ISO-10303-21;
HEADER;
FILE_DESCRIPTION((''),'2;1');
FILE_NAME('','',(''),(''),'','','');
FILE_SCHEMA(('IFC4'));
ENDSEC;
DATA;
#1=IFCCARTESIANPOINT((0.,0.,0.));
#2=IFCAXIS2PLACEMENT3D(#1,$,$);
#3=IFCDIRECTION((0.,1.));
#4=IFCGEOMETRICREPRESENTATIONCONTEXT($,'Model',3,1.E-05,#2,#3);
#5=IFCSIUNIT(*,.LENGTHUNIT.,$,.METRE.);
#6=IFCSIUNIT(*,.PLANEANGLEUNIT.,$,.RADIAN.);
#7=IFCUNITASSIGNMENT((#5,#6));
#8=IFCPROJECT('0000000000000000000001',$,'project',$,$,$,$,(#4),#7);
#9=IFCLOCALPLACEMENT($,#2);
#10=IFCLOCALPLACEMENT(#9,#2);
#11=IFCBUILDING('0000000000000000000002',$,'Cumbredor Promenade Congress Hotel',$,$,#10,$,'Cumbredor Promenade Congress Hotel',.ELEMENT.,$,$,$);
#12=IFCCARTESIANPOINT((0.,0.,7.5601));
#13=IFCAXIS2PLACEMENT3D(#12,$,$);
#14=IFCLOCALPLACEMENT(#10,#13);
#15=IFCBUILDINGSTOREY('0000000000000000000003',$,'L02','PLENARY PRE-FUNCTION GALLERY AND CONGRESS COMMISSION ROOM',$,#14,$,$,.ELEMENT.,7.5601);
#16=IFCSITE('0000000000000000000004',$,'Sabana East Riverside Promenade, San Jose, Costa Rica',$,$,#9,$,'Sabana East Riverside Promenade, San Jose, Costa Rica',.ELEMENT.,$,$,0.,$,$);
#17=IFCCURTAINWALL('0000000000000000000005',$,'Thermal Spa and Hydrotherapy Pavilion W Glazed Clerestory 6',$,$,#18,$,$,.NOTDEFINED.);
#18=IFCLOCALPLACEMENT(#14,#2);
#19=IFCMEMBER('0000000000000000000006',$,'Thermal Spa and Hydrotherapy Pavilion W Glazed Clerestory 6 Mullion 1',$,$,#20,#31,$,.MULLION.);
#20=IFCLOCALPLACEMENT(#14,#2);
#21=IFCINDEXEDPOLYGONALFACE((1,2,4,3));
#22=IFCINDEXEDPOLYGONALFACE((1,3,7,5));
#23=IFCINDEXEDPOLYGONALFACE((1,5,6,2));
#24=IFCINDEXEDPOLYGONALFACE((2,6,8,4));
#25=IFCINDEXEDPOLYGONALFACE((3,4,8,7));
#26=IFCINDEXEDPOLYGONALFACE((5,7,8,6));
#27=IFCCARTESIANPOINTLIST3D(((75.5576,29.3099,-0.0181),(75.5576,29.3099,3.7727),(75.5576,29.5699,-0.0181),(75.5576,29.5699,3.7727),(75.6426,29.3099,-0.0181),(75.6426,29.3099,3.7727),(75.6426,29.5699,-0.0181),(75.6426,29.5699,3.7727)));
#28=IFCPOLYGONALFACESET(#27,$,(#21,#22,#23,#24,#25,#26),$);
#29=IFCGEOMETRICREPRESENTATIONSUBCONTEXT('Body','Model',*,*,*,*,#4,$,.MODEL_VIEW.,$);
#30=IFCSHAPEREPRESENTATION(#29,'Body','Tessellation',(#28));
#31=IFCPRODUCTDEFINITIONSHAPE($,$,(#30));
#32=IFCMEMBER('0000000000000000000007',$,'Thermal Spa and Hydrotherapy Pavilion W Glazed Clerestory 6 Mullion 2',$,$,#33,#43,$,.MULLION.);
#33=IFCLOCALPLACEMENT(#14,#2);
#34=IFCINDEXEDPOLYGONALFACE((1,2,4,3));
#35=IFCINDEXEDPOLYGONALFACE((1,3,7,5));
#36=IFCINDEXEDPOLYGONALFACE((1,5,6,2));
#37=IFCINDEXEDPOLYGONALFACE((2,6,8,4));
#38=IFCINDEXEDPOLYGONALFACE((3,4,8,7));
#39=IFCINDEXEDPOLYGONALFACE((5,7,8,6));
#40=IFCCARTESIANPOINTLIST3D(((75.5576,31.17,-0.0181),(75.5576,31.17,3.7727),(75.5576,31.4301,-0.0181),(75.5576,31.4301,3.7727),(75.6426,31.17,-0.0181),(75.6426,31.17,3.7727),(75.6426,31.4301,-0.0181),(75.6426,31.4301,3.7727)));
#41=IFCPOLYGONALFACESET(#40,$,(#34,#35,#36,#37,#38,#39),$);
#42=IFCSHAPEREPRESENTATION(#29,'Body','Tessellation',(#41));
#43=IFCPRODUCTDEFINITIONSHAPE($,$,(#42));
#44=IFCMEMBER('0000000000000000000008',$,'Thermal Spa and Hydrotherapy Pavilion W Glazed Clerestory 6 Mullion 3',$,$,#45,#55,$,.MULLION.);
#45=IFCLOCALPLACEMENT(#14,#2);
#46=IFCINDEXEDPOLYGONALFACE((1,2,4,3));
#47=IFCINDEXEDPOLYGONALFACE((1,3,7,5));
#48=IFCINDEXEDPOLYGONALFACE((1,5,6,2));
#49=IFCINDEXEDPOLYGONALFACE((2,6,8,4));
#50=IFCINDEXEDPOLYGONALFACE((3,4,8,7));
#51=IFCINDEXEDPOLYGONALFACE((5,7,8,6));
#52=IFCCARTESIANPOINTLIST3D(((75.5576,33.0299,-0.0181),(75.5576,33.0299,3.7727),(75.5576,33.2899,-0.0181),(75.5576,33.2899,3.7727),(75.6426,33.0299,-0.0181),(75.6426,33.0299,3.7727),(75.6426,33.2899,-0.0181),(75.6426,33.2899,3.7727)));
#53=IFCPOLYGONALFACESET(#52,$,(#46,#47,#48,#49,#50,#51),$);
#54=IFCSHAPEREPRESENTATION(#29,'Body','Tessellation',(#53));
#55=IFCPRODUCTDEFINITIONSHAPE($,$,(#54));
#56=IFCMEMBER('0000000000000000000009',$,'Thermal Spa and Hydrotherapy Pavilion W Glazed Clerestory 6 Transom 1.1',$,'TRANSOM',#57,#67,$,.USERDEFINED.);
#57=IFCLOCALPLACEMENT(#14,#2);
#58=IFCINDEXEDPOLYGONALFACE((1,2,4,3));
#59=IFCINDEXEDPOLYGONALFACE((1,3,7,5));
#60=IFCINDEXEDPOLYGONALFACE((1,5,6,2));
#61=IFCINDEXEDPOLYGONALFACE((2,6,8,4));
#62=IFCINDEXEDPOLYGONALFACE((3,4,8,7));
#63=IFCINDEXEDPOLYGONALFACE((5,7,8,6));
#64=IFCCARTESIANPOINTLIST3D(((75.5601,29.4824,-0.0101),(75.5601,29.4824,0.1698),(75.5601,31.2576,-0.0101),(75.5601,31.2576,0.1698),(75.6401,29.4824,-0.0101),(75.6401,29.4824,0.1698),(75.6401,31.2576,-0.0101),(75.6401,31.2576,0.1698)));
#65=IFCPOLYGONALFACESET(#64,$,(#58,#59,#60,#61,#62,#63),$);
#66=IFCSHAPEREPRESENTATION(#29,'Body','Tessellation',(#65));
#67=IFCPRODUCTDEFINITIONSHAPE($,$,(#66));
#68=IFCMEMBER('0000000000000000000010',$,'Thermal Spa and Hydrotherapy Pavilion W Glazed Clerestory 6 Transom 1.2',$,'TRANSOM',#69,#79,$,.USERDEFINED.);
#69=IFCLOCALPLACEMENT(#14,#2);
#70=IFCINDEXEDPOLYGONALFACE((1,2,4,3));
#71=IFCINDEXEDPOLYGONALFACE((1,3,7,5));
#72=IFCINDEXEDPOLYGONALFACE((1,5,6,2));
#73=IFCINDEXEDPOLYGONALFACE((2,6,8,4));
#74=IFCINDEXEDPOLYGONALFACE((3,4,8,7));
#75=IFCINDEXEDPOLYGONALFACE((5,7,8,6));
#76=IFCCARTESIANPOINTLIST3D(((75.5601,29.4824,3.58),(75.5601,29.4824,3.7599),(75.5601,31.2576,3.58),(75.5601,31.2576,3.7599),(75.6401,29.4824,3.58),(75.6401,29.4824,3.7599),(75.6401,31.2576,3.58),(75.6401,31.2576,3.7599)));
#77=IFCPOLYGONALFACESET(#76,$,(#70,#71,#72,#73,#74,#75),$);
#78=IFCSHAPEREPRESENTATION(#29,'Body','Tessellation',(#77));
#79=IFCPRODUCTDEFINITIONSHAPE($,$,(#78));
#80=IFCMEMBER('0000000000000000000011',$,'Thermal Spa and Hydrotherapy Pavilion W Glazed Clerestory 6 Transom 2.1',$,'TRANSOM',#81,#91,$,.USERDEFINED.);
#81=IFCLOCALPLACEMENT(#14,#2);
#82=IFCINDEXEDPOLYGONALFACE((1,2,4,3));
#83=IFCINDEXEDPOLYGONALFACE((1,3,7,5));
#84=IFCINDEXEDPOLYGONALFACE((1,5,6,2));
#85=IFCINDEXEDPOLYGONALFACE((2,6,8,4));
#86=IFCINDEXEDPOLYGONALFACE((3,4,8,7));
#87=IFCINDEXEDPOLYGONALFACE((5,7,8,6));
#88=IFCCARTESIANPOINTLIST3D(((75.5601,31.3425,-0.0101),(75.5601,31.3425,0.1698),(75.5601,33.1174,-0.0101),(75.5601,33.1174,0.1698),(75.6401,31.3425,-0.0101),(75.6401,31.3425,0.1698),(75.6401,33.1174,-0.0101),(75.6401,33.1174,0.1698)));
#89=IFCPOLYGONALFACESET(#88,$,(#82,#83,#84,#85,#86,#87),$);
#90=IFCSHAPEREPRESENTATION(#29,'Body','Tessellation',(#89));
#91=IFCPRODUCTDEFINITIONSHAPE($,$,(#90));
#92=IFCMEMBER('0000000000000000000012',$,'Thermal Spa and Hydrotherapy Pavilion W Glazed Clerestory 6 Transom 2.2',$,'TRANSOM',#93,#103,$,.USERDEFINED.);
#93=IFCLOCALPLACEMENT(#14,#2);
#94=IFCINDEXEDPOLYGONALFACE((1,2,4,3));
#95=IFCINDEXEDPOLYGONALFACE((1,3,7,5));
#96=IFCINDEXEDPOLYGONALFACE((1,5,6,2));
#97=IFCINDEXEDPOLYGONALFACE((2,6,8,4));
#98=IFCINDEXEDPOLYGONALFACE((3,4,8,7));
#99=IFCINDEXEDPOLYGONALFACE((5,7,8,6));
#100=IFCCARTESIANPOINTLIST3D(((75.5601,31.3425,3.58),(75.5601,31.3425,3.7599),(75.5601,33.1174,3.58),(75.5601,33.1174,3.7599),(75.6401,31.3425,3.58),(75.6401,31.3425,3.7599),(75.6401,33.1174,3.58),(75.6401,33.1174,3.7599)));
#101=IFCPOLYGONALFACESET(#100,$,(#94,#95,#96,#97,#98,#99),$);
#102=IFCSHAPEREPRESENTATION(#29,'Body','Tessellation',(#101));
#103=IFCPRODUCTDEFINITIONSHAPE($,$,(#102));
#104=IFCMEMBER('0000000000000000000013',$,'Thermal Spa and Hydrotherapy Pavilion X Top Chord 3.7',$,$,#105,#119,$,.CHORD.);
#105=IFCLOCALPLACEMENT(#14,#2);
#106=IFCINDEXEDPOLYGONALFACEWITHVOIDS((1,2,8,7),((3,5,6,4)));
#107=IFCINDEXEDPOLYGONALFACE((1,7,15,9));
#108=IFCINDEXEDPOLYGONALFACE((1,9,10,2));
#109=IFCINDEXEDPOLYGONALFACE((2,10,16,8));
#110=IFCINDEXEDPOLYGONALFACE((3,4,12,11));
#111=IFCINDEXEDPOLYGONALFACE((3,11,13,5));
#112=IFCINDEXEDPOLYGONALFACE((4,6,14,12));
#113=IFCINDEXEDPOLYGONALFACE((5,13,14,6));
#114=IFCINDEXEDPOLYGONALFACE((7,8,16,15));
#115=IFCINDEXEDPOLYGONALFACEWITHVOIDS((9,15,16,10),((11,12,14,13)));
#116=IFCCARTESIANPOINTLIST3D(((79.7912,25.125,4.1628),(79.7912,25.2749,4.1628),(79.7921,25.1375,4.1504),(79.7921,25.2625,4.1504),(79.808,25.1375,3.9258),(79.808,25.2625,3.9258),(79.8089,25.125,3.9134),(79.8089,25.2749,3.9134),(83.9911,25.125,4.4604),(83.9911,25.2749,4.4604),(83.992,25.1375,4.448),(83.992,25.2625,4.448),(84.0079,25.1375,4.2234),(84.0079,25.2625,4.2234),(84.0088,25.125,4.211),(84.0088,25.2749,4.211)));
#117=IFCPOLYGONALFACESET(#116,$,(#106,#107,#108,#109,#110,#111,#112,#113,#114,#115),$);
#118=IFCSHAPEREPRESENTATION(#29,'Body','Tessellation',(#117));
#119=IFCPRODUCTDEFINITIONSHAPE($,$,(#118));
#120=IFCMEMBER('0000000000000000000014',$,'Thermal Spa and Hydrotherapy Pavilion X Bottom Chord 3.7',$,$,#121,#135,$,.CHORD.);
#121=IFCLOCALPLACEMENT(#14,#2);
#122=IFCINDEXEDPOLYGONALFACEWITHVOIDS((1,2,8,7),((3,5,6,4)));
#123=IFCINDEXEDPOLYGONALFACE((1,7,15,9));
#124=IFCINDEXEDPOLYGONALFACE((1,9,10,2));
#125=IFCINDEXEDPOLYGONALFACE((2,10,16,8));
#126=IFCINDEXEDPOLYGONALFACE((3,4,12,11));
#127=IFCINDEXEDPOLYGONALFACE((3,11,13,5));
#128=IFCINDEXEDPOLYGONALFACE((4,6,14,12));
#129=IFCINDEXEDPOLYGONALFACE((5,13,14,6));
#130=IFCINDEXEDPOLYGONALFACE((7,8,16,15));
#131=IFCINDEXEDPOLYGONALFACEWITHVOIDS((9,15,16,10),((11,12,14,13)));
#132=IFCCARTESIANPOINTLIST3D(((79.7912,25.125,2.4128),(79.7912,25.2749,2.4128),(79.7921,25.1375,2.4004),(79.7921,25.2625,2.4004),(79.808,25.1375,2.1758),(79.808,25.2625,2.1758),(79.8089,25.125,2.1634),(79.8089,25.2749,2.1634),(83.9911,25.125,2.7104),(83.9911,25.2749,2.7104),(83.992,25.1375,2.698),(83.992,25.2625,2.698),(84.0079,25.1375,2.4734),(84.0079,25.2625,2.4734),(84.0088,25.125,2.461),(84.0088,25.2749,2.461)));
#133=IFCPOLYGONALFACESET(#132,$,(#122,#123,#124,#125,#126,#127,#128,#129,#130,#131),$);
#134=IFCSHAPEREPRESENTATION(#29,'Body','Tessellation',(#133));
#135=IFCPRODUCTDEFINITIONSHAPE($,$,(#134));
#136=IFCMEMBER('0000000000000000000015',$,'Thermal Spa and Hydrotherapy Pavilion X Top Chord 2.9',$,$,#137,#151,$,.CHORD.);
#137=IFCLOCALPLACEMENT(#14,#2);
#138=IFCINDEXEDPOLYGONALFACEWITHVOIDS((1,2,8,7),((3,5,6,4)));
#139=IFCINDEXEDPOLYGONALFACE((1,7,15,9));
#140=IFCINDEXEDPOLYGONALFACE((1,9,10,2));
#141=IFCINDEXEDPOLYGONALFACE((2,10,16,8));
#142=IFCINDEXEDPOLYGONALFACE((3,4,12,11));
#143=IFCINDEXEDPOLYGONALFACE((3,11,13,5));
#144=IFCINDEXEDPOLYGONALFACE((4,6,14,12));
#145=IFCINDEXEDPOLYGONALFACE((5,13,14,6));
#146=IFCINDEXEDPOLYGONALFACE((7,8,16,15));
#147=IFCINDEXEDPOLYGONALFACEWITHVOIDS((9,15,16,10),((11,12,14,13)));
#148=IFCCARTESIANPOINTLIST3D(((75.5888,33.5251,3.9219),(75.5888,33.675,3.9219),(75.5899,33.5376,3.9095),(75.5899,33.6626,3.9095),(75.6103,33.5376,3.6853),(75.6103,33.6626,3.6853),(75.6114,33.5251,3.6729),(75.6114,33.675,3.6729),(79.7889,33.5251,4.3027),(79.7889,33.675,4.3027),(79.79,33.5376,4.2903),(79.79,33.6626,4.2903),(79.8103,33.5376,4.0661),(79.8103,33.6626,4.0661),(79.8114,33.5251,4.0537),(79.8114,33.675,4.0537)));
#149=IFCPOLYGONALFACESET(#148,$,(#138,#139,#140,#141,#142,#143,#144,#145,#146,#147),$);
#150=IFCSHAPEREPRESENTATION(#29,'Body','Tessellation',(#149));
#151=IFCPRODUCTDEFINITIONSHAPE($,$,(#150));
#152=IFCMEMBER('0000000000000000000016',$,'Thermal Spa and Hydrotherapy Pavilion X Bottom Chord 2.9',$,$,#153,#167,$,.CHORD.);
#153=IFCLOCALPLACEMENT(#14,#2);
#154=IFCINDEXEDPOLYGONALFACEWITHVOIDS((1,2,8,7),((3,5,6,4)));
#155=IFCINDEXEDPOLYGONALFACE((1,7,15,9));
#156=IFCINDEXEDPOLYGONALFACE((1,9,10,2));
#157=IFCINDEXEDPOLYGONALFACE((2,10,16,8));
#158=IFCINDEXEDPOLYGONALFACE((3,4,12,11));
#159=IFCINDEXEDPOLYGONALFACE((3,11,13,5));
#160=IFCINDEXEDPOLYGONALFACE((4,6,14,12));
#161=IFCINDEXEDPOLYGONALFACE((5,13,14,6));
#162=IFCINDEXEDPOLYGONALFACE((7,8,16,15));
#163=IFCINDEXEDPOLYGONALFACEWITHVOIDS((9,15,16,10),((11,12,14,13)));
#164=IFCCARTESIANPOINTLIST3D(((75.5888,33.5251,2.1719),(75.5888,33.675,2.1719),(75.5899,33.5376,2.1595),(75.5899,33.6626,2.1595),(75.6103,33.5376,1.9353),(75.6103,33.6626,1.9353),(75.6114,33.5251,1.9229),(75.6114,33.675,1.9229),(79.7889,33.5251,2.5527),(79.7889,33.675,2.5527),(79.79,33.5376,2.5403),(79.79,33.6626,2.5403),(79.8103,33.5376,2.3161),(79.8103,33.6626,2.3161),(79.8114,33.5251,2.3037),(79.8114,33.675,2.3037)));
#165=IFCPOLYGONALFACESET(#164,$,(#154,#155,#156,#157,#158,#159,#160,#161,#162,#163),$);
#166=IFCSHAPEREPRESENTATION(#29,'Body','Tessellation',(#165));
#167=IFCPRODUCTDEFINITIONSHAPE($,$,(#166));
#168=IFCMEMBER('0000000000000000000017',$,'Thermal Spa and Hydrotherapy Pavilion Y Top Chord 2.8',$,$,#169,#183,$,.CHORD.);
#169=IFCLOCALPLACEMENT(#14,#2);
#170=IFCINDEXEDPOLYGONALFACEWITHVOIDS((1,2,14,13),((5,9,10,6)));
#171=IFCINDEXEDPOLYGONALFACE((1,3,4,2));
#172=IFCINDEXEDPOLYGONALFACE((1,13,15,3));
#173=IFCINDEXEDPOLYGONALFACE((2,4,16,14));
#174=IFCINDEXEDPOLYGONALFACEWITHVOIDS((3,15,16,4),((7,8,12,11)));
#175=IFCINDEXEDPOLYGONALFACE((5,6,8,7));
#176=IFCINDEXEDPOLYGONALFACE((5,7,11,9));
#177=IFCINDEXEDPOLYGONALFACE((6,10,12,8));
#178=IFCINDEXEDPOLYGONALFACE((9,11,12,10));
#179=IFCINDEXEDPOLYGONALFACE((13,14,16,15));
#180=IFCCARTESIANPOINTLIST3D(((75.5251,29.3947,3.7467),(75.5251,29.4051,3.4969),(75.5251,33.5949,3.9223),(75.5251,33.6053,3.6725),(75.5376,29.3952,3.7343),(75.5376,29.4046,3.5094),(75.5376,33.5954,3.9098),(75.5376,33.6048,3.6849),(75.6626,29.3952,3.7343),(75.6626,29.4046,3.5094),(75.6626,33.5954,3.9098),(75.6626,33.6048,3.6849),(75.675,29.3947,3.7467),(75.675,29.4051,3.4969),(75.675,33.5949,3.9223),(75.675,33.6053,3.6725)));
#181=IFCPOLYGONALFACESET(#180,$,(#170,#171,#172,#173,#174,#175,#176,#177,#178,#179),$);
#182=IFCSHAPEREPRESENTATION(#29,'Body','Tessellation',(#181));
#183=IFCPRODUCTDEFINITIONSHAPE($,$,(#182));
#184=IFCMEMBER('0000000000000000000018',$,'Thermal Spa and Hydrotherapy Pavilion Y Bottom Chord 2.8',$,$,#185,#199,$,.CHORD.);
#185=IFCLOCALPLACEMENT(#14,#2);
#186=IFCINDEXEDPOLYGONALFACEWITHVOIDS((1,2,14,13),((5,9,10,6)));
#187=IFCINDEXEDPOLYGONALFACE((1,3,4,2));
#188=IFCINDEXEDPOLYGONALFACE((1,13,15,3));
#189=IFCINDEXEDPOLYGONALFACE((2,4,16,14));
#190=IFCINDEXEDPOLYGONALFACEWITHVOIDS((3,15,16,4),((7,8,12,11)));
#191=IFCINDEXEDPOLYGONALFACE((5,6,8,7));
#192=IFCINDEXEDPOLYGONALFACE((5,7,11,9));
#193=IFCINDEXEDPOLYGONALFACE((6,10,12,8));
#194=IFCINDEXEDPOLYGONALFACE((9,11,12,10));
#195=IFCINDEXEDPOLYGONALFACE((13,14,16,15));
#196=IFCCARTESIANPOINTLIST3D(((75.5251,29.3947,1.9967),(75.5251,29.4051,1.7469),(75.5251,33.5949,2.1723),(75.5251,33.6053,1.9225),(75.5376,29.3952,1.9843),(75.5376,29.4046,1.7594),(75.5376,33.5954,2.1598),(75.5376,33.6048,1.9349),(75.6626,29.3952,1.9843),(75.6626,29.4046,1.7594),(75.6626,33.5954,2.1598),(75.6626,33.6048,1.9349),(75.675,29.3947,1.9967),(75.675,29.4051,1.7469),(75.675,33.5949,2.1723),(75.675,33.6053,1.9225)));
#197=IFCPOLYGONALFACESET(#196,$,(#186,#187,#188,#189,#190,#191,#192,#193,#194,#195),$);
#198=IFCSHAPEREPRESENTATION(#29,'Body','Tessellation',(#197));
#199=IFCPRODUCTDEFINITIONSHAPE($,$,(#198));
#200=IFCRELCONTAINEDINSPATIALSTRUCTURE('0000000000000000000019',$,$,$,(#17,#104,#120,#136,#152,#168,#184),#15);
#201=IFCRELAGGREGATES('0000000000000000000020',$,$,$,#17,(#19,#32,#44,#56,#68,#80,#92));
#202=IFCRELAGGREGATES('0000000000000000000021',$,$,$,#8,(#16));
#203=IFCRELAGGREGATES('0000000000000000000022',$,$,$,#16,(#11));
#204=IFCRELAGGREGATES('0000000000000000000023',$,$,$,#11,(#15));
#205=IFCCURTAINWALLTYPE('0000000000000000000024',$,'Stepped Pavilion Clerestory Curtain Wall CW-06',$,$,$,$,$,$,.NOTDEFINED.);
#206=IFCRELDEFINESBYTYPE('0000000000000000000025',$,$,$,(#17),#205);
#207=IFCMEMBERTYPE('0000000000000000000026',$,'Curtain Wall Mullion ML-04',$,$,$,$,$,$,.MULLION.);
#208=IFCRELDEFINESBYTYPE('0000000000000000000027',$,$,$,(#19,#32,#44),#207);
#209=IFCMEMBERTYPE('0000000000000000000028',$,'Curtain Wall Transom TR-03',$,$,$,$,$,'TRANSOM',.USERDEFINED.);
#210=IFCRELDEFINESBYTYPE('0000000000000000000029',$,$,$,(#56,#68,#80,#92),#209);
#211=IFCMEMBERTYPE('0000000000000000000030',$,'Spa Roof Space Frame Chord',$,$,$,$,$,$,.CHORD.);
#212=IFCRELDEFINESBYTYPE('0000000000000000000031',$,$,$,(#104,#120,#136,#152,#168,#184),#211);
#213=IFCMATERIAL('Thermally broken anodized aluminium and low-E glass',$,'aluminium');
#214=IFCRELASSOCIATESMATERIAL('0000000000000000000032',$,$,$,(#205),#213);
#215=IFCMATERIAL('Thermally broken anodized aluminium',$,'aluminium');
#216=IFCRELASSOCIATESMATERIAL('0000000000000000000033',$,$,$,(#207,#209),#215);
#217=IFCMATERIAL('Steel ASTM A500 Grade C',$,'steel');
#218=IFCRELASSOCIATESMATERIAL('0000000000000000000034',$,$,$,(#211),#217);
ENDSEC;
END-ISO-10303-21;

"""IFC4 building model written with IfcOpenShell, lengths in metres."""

from ifc_helpers import new_model, si_unit, direction, frame, origin, origin_2d, place, context, subcontext, project, spatial, rectangle, hollow_rectangle, extrude, material, material_profile, profile_set, type_object, element, aggregate, save


model = new_model("IFC4")

# Units and contexts
model_context = context("Model", 3, precision=1e-05, world=origin(), true_north=direction((0.0, 1.0)))
body_context = subcontext(model_context, "Body", "Model", "MODEL_VIEW")
ifc_project = project(units=[si_unit("LENGTHUNIT", "METRE"), si_unit("PLANEANGLEUNIT", "RADIAN")], contexts=[model_context])

# Site, building, storey
site_placement = place(None, origin())
site = spatial("IfcSite", under=ifc_project, at=site_placement, Name="Sabana East Riverside Promenade, San Jose, Costa Rica", LongName="Sabana East Riverside Promenade, San Jose, Costa Rica", CompositionType="ELEMENT", RefElevation=0.0)
building_placement = place(site_placement, origin())
building = spatial("IfcBuilding", under=site, at=building_placement, Name="Cumbredor Promenade Congress Hotel", LongName="Cumbredor Promenade Congress Hotel", CompositionType="ELEMENT")
storey_placement = place(building_placement, frame((0.0, 0.0, 7.5601)))
storey = spatial("IfcBuildingStorey", under=building, at=storey_placement, Name="L02", Description="PLENARY PRE-FUNCTION GALLERY AND CONGRESS COMMISSION ROOM", CompositionType="ELEMENT", Elevation=7.5601)

# Curtain wall, members
ifc_material_1 = material(Name="Thermally broken anodized aluminium and low-E glass", Category="aluminium")
curtain_wall_type = type_object("IfcCurtainWallType", Name="Stepped Pavilion Clerestory Curtain Wall CW-06", PredefinedType="NOTDEFINED", material=ifc_material_1)
curtain_wall_placement = place(storey_placement, origin())
curtain_wall = element("IfcCurtainWall", 1, at=curtain_wall_placement, inside=storey, type_object=curtain_wall_type, Name="Thermal Spa and Hydrotherapy Pavilion W Glazed Clerestory 6", PredefinedType="NOTDEFINED")
ifc_material_2 = material(Name="Thermally broken anodized aluminium", Category="aluminium")
ifc_material_profile_1 = material_profile(ifc_material_2, rectangle(XDim=0.085, YDim=0.26, at=origin_2d()), Name="ALU MULLION CLERESTORY 85x260")
ifc_profile_set_1 = profile_set([ifc_material_profile_1], Name="Thermally broken anodized aluminium")
member_type_1 = type_object("IfcMemberType", Name="Curtain Wall Mullion ML-04", PredefinedType="MULLION", material=ifc_profile_set_1)
member_1_placement = place(storey_placement, frame((75.6001, 29.4399, -0.0181), z_axis=(0.0, 0.0, 1.0), x_axis=(1.0, 0.0, 0.0)))
member_1 = element("IfcMember", 2, at=member_1_placement, type_object=member_type_1, Name="Thermal Spa and Hydrotherapy Pavilion W Glazed Clerestory 6 Mullion 1", PredefinedType="MULLION", context=body_context, shape_type="SweptSolid", body=[
    extrude(rectangle(XDim=0.085, YDim=0.26, at=origin_2d()), origin(), (0.0, 0.0, 1.0), 3.7908),
])
member_2_placement = place(storey_placement, frame((75.6001, 31.3, -0.0181), z_axis=(0.0, 0.0, 1.0), x_axis=(1.0, 0.0, 0.0)))
member_2 = element("IfcMember", 3, at=member_2_placement, type_object=member_type_1, Name="Thermal Spa and Hydrotherapy Pavilion W Glazed Clerestory 6 Mullion 2", PredefinedType="MULLION", context=body_context, shape_type="SweptSolid", body=[
    extrude(rectangle(XDim=0.085, YDim=0.26, at=origin_2d()), origin(), (0.0, 0.0, 1.0), 3.7908),
])
member_3_placement = place(storey_placement, frame((75.6001, 33.1599, -0.0181), z_axis=(0.0, 0.0, 1.0), x_axis=(1.0, 0.0, 0.0)))
member_3 = element("IfcMember", 4, at=member_3_placement, type_object=member_type_1, Name="Thermal Spa and Hydrotherapy Pavilion W Glazed Clerestory 6 Mullion 3", PredefinedType="MULLION", context=body_context, shape_type="SweptSolid", body=[
    extrude(rectangle(XDim=0.085, YDim=0.26, at=origin_2d()), origin(), (0.0, 0.0, 1.0), 3.7908),
])
ifc_material_profile_2 = material_profile(ifc_material_2, rectangle(XDim=0.0801, YDim=0.1799, at=origin_2d()), Name="ALU TRANSOM 80x180")
ifc_profile_set_2 = profile_set([ifc_material_profile_2], Name="Thermally broken anodized aluminium")
member_type_2 = type_object("IfcMemberType", Name="Curtain Wall Transom TR-03", ElementType="TRANSOM", PredefinedType="USERDEFINED", material=ifc_profile_set_2)
member_4_placement = place(storey_placement, frame((75.6001, 29.4824, 0.0798), z_axis=(0.0, 1.0, 0.0), x_axis=(-1.0, 0.0, 0.0)))
member_4 = element("IfcMember", 5, at=member_4_placement, type_object=member_type_2, Name="Thermal Spa and Hydrotherapy Pavilion W Glazed Clerestory 6 Transom 1.1", ObjectType="TRANSOM", PredefinedType="USERDEFINED", context=body_context, shape_type="SweptSolid", body=[
    extrude(rectangle(XDim=0.0801, YDim=0.1799, at=origin_2d()), origin(), (0.0, 0.0, 1.0), 1.7751),
])
member_5_placement = place(storey_placement, frame((75.6001, 29.4824, 3.6699), z_axis=(0.0, 1.0, 0.0), x_axis=(-1.0, 0.0, 0.0)))
member_5 = element("IfcMember", 6, at=member_5_placement, type_object=member_type_2, Name="Thermal Spa and Hydrotherapy Pavilion W Glazed Clerestory 6 Transom 1.2", ObjectType="TRANSOM", PredefinedType="USERDEFINED", context=body_context, shape_type="SweptSolid", body=[
    extrude(rectangle(XDim=0.0801, YDim=0.1799, at=origin_2d()), origin(), (0.0, 0.0, 1.0), 1.7751),
])
member_6_placement = place(storey_placement, frame((75.6001, 31.3425, 0.0798), z_axis=(0.0, 1.0, 0.0), x_axis=(-1.0, 0.0, 0.0)))
member_6 = element("IfcMember", 7, at=member_6_placement, type_object=member_type_2, Name="Thermal Spa and Hydrotherapy Pavilion W Glazed Clerestory 6 Transom 2.1", ObjectType="TRANSOM", PredefinedType="USERDEFINED", context=body_context, shape_type="SweptSolid", body=[
    extrude(rectangle(XDim=0.0801, YDim=0.1799, at=origin_2d()), origin(), (0.0, 0.0, 1.0), 1.7749),
])
member_7_placement = place(storey_placement, frame((75.6001, 31.3425, 3.6699), z_axis=(0.0, 1.0, 0.0), x_axis=(-1.0, 0.0, 0.0)))
member_7 = element("IfcMember", 8, at=member_7_placement, type_object=member_type_2, Name="Thermal Spa and Hydrotherapy Pavilion W Glazed Clerestory 6 Transom 2.2", ObjectType="TRANSOM", PredefinedType="USERDEFINED", context=body_context, shape_type="SweptSolid", body=[
    extrude(rectangle(XDim=0.0801, YDim=0.1799, at=origin_2d()), origin(), (0.0, 0.0, 1.0), 1.7749),
])

# Members
ifc_material_3 = material(Name="Steel ASTM A500 Grade C", Category="steel")
ifc_material_profile_3 = material_profile(ifc_material_3, hollow_rectangle(XDim=0.1499, YDim=0.25, WallThickness=0.0125, at=origin_2d()), Name="HSS 250x150x12.5")
ifc_profile_set_3 = profile_set([ifc_material_profile_3], Name="Steel ASTM A500 Grade C")
member_type_3 = type_object("IfcMemberType", Name="Spa Roof Space Frame Chord", PredefinedType="CHORD", material=ifc_profile_set_3)
for number, where, z_axis, x_axis, name in (
    (9, (79.8, 25.2, 4.0381), (0.997499, 0.0, 0.070683), (0.0, 1.0, 0.0), "Thermal Spa and Hydrotherapy Pavilion X Top Chord 3.7"),
    (10, (79.8, 25.2, 2.2881), (0.997499, 0.0, 0.070683), (0.0, 1.0, 0.0), "Thermal Spa and Hydrotherapy Pavilion X Bottom Chord 3.7"),
):
    element("IfcMember", number, at=place(storey_placement, frame(where, z_axis=z_axis, x_axis=x_axis)), inside=storey, type_object=member_type_3, Name=name, PredefinedType="CHORD", context=body_context, shape_type="SweptSolid", body=[
        extrude(hollow_rectangle(XDim=0.1499, YDim=0.25, WallThickness=0.0125, at=origin_2d()), origin(), (0.0, 0.0, 1.0), 4.2104),
    ])
for number, where, z_axis, x_axis, name in (
    (11, (75.6001, 33.6001, 3.7974), (0.995914, 0.0, 0.090311), (0.0, 1.0, 0.0), "Thermal Spa and Hydrotherapy Pavilion X Top Chord 2.9"),
    (12, (75.6001, 33.6001, 2.0474), (0.995914, 0.0, 0.090311), (0.0, 1.0, 0.0), "Thermal Spa and Hydrotherapy Pavilion X Bottom Chord 2.9"),
):
    element("IfcMember", number, at=place(storey_placement, frame(where, z_axis=z_axis, x_axis=x_axis)), inside=storey, type_object=member_type_3, Name=name, PredefinedType="CHORD", context=body_context, shape_type="SweptSolid", body=[
        extrude(hollow_rectangle(XDim=0.1499, YDim=0.25, WallThickness=0.0125, at=origin_2d()), origin(), (0.0, 0.0, 1.0), 4.2173),
    ])
for number, where, z_axis, x_axis, name in (
    (13, (75.6001, 29.3999, 3.6218), (0.0, 0.999128, 0.041756), (-1.0, 0.0, 0.0), "Thermal Spa and Hydrotherapy Pavilion Y Top Chord 2.8"),
    (14, (75.6001, 29.3999, 1.8718), (0.0, 0.999128, 0.041756), (-1.0, 0.0, 0.0), "Thermal Spa and Hydrotherapy Pavilion Y Bottom Chord 2.8"),
):
    element("IfcMember", number, at=place(storey_placement, frame(where, z_axis=z_axis, x_axis=x_axis)), inside=storey, type_object=member_type_3, Name=name, PredefinedType="CHORD", context=body_context, shape_type="SweptSolid", body=[
        extrude(hollow_rectangle(XDim=0.1499, YDim=0.25, WallThickness=0.0125, at=origin_2d()), origin(), (0.0, 0.0, 1.0), 4.2039),
    ])

aggregate(curtain_wall, [member_1, member_2, member_3, member_4, member_5, member_6, member_7])

save(model, "model.ifc")
